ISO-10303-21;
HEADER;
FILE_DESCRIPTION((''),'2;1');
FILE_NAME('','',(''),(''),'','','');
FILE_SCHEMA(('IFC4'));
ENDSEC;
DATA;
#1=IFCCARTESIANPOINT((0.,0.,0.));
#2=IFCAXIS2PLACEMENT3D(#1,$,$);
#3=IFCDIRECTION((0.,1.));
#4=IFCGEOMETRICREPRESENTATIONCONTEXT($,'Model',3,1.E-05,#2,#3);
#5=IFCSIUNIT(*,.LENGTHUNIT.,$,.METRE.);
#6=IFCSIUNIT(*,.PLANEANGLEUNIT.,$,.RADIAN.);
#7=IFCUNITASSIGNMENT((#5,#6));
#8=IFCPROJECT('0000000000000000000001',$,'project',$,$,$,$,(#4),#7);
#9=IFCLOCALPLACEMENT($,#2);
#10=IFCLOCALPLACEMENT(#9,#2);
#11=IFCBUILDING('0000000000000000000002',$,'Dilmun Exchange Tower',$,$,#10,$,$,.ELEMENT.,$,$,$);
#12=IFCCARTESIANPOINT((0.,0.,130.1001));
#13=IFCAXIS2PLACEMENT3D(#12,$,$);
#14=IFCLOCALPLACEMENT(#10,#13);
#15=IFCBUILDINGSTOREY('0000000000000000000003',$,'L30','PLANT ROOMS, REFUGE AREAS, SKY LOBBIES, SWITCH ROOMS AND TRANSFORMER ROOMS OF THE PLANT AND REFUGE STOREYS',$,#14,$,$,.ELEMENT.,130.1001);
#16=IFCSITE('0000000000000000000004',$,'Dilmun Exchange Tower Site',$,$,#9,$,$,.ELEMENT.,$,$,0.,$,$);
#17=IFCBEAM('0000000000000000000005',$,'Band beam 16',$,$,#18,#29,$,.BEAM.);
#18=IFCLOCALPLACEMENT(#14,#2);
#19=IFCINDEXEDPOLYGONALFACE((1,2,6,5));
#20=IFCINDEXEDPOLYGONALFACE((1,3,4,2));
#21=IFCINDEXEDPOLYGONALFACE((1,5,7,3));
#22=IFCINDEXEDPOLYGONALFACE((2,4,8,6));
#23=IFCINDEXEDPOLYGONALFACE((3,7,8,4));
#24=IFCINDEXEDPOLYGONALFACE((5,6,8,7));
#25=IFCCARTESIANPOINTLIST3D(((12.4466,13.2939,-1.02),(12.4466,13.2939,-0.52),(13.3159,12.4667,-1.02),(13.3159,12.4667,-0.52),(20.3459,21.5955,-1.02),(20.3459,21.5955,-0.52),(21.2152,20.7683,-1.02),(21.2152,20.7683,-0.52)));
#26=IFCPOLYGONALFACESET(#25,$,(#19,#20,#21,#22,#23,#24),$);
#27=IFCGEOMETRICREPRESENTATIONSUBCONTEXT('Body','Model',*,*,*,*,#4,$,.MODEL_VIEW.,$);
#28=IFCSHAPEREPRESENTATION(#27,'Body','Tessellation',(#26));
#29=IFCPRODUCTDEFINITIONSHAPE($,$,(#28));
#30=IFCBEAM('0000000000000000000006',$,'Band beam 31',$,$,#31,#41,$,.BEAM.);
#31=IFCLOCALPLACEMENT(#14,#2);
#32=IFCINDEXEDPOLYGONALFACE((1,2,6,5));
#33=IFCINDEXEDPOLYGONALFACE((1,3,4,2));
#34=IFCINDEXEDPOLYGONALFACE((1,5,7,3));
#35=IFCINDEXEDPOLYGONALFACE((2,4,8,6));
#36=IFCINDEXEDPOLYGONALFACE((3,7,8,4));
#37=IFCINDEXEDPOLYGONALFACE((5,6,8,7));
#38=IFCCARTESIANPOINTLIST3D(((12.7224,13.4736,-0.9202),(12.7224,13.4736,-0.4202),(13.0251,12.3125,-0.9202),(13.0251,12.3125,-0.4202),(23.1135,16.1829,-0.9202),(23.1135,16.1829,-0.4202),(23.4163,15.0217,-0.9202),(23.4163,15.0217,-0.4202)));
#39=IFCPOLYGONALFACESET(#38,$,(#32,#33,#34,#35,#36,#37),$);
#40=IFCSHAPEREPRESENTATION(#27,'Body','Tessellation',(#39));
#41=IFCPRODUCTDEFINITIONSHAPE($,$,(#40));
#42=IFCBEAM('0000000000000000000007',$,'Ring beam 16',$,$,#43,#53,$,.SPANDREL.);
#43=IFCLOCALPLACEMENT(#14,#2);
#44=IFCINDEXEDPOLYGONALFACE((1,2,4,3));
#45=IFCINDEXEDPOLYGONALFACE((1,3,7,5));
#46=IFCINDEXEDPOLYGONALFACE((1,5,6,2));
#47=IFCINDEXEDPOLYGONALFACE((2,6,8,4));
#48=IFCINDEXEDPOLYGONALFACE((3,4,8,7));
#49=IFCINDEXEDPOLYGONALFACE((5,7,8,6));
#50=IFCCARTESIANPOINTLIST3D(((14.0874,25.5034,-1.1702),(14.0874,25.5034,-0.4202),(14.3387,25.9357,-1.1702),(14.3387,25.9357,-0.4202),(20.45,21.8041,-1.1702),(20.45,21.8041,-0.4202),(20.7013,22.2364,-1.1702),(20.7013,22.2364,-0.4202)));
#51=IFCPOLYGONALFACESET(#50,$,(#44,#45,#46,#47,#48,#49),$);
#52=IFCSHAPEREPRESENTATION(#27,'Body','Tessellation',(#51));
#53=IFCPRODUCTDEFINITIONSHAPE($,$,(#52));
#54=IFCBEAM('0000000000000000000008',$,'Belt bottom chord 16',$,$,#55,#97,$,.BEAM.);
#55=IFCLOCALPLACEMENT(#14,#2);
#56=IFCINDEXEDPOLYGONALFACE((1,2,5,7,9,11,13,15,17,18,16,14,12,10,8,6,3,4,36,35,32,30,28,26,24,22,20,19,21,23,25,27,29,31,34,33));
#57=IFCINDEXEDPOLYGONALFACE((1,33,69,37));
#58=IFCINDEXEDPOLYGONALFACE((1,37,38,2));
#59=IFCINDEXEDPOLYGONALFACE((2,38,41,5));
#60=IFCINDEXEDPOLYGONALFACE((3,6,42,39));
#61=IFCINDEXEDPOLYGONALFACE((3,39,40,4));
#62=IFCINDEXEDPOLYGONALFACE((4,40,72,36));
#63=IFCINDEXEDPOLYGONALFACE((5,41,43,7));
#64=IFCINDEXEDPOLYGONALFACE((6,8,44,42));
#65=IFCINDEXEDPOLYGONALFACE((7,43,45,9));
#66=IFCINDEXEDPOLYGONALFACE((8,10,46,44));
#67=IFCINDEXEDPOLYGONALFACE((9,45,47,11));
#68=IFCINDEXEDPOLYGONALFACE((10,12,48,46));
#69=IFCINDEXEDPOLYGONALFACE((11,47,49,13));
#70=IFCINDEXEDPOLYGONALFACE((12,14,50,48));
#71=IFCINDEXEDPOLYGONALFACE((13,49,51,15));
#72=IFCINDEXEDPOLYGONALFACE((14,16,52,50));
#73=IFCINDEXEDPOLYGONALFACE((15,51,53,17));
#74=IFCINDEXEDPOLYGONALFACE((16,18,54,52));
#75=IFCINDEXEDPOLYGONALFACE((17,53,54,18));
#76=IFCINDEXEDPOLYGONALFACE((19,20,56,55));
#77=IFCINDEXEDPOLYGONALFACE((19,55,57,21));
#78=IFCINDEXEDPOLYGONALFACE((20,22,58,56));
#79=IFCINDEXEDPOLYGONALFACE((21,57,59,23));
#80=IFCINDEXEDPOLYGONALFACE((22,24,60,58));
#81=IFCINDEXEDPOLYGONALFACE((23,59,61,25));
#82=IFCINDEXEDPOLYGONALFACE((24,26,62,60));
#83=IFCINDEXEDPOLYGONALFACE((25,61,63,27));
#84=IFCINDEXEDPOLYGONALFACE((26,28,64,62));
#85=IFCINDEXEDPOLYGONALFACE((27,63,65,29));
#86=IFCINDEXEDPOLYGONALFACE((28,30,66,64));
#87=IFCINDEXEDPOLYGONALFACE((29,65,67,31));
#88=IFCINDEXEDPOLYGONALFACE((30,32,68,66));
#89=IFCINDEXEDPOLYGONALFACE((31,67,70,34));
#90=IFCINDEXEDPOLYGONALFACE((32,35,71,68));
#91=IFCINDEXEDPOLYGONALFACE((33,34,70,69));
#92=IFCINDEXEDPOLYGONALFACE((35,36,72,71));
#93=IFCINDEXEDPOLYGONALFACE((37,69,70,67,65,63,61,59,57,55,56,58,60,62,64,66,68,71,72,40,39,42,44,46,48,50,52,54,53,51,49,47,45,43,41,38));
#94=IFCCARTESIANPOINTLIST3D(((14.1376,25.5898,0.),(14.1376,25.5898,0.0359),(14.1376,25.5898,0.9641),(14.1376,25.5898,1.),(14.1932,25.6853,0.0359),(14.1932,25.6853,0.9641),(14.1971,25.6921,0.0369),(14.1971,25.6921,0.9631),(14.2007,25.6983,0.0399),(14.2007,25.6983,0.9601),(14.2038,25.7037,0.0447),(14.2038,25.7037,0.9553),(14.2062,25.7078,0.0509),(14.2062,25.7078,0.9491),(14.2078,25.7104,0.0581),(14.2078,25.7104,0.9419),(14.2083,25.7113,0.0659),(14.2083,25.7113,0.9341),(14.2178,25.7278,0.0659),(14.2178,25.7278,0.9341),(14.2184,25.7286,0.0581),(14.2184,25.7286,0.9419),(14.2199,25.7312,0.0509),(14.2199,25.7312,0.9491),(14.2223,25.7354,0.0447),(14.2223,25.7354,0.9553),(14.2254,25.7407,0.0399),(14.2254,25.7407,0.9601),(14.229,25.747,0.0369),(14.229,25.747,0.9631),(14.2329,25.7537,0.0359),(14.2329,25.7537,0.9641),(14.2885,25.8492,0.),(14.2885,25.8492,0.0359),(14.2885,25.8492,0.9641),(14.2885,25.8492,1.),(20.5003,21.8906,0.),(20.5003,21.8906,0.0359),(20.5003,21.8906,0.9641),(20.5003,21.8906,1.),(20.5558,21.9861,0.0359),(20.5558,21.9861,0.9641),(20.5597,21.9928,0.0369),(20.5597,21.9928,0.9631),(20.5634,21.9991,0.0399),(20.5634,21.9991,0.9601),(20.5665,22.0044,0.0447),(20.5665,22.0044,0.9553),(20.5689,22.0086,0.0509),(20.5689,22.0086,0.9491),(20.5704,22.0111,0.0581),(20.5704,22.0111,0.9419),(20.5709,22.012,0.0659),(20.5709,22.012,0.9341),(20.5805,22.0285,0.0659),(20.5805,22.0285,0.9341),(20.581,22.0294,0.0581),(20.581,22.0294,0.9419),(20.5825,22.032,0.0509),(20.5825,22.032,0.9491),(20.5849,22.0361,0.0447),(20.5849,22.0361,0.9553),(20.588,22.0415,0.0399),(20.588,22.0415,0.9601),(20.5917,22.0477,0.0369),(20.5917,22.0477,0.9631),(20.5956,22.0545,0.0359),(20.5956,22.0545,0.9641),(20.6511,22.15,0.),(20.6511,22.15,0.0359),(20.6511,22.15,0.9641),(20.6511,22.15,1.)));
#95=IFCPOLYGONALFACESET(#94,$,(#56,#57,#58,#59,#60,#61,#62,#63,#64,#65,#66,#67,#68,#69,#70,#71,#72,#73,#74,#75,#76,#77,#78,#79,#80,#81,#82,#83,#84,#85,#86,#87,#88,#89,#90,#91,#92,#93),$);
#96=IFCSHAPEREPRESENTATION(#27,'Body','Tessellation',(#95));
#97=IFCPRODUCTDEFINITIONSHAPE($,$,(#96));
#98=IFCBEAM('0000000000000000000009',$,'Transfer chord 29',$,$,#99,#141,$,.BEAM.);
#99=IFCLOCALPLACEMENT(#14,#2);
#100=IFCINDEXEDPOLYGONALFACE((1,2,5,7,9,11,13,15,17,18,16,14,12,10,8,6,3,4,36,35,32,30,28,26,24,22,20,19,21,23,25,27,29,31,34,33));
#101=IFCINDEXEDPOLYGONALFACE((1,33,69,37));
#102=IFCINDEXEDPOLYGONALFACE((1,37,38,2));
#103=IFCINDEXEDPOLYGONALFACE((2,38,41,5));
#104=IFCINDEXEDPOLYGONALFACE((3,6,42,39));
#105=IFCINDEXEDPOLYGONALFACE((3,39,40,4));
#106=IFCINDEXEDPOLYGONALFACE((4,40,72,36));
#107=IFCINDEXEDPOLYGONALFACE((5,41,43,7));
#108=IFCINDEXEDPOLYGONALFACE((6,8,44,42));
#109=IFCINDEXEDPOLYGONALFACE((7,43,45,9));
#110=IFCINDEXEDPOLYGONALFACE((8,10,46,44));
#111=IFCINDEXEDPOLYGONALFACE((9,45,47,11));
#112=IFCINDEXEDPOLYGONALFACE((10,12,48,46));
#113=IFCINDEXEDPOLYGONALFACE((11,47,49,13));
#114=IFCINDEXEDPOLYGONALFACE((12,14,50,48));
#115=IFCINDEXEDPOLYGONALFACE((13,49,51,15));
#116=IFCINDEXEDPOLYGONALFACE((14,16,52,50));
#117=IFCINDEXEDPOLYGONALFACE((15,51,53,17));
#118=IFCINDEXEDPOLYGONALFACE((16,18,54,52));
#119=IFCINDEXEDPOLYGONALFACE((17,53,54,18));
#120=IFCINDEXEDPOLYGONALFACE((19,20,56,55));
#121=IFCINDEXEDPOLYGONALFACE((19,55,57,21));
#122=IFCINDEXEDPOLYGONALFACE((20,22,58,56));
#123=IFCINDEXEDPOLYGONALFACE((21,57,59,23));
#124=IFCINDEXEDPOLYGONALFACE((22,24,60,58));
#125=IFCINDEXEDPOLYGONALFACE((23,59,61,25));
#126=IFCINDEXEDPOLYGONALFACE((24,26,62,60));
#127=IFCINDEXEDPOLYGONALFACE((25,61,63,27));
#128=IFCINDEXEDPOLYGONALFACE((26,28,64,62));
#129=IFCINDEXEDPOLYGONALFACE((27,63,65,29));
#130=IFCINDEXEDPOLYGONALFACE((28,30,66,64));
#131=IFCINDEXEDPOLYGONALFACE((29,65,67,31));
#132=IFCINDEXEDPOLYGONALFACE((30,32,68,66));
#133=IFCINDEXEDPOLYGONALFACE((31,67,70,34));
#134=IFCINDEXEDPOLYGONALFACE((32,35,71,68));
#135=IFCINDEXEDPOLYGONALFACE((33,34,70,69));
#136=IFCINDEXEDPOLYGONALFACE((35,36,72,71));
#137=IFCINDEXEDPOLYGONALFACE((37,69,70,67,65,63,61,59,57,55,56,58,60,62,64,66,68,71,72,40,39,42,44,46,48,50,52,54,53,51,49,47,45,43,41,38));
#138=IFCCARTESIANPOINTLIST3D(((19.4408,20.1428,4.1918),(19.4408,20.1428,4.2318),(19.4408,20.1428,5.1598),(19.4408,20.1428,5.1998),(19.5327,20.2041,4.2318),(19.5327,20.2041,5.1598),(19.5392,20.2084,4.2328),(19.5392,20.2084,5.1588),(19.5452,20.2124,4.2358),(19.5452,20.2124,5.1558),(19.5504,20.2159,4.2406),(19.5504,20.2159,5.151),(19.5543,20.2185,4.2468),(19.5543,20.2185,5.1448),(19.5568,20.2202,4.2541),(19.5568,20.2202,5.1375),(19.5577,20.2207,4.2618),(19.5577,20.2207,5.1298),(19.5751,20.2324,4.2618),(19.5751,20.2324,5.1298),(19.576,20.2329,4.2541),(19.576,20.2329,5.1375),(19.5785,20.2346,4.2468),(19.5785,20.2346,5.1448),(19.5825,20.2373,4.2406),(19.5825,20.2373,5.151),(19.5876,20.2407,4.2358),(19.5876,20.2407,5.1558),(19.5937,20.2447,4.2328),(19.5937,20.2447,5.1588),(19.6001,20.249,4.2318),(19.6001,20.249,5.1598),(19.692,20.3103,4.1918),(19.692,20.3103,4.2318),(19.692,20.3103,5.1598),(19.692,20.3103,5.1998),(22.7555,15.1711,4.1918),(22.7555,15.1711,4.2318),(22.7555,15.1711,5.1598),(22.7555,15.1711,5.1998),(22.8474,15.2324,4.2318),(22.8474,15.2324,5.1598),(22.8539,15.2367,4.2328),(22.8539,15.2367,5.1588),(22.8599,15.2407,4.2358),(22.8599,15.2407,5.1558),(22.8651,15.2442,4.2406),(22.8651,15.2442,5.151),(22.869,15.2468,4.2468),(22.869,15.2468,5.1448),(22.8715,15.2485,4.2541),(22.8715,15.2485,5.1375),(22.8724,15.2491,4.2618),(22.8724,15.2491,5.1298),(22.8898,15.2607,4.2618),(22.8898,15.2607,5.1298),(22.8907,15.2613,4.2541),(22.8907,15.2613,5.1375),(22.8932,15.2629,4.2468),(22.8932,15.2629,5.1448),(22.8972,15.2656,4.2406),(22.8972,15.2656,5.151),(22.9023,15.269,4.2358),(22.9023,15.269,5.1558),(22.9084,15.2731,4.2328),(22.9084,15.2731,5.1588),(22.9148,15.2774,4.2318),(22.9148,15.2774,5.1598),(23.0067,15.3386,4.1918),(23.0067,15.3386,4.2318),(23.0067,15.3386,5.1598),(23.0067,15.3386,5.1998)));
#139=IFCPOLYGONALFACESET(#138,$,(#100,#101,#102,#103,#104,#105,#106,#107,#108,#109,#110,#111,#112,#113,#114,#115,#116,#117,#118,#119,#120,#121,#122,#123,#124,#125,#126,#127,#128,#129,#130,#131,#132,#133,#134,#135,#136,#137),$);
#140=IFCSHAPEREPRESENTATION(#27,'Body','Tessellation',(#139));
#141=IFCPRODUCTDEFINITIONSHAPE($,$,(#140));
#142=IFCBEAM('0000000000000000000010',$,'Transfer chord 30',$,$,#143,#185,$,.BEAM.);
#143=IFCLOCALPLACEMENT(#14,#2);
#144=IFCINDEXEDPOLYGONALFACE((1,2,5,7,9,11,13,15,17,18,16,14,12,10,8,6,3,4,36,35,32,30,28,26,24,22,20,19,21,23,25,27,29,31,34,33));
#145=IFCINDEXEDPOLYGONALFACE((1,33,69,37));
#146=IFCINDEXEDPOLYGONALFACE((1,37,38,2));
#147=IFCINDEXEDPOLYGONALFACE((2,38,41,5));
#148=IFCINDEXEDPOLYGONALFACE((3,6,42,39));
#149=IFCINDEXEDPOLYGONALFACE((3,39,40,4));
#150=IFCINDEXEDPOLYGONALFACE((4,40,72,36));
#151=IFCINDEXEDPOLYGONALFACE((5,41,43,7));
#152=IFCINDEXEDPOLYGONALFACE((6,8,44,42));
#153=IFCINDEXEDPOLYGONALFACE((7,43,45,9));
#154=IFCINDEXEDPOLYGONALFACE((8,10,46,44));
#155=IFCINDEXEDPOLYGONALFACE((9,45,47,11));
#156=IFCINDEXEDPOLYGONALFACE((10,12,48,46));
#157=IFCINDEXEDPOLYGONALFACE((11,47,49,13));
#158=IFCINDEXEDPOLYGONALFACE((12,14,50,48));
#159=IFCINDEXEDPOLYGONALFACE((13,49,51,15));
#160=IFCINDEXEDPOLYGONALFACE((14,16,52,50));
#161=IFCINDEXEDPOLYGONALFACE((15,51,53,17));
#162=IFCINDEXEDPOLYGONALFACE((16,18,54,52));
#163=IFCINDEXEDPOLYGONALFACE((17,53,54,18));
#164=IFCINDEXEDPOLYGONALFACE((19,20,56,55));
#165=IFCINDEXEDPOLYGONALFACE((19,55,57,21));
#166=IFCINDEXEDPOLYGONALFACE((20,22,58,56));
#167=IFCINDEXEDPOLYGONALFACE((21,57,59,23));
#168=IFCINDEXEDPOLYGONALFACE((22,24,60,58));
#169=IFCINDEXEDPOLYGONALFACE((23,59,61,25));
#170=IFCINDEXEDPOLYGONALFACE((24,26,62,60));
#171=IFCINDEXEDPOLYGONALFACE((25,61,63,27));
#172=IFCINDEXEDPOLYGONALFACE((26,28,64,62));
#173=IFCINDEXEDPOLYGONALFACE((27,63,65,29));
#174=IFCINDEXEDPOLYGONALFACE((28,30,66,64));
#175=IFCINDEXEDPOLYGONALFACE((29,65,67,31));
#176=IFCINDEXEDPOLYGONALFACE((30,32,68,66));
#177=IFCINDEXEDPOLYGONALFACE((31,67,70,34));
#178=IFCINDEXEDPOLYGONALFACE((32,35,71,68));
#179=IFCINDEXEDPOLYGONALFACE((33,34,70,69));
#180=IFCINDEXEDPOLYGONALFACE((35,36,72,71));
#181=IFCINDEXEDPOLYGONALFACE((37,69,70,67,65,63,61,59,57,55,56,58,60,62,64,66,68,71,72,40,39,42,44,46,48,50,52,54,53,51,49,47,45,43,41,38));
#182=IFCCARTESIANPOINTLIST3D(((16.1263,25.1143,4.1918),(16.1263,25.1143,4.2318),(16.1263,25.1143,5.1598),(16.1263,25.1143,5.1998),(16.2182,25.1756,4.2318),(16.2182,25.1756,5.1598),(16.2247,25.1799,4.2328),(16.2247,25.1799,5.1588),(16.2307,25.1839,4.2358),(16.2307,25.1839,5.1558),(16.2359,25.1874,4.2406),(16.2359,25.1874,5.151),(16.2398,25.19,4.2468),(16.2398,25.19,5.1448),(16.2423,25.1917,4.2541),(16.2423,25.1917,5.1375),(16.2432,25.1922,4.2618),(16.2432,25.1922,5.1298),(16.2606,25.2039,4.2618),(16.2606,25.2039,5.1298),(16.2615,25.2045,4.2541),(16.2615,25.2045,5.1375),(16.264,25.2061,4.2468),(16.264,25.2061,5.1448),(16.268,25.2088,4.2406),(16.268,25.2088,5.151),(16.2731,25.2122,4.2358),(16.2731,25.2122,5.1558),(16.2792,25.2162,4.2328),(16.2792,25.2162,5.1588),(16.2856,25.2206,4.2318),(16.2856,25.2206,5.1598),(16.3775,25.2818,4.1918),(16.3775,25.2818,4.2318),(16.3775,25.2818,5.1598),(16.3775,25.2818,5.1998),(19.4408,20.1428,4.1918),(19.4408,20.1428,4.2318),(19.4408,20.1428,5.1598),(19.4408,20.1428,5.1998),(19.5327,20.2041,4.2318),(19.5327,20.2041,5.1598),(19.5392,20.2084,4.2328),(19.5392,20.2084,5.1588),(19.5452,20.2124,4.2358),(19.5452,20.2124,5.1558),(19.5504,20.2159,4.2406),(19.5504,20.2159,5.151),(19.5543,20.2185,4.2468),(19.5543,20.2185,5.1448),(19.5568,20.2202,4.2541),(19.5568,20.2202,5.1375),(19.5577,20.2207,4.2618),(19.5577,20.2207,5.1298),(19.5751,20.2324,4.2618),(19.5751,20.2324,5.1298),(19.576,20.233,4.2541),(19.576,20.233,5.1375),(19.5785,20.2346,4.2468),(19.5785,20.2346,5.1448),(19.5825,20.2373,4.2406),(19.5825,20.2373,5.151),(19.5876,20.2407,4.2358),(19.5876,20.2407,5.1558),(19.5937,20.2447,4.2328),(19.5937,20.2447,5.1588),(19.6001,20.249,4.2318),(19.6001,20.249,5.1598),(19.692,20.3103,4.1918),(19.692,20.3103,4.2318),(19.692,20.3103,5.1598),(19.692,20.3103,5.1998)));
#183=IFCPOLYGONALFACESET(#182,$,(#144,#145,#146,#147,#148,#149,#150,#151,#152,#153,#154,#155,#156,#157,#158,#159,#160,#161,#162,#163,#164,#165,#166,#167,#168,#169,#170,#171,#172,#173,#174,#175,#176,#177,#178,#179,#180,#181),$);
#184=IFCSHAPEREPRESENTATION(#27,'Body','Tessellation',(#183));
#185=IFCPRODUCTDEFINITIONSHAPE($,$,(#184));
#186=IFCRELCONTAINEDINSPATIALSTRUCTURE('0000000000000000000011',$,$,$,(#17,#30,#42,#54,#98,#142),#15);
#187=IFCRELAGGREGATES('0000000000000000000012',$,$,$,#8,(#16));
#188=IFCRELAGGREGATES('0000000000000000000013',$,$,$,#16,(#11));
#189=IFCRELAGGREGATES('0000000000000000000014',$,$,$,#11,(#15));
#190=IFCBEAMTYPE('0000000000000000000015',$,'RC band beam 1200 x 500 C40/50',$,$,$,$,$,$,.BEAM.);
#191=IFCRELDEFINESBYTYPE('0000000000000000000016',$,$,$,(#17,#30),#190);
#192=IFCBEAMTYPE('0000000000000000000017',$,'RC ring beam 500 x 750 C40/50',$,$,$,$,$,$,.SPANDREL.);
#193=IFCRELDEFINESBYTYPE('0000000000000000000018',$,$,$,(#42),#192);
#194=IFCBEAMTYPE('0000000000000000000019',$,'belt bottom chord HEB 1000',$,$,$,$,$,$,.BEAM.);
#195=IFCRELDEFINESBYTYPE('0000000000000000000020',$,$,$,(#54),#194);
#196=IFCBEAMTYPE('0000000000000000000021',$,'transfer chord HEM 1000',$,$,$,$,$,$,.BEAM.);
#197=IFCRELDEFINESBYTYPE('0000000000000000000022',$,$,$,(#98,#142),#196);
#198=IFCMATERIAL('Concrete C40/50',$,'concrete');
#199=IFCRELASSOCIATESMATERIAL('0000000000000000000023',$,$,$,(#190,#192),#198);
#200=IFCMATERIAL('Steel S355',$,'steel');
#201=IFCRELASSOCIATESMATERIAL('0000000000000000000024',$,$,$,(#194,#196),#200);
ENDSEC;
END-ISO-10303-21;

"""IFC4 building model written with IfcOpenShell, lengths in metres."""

from ifc_helpers import new_model, si_unit, direction, frame, origin, origin_2d, place, context, subcontext, project, spatial, rectangle, i_section, extrude, material, material_profile, profile_set, type_object, element, save


model = new_model("IFC4")

# Units and contexts
model_context = context("Model", 3, precision=1e-05, world=origin(), true_north=direction((0.0, 1.0)))
body_context = subcontext(model_context, "Body", "Model", "MODEL_VIEW")
ifc_project = project(units=[si_unit("LENGTHUNIT", "METRE"), si_unit("PLANEANGLEUNIT", "RADIAN")], contexts=[model_context])

# Site, building, storey
site_placement = place(None, origin())
site = spatial("IfcSite", under=ifc_project, at=site_placement, Name="Dilmun Exchange Tower Site", CompositionType="ELEMENT", RefElevation=0.0)
building_placement = place(site_placement, origin())
building = spatial("IfcBuilding", under=site, at=building_placement, Name="Dilmun Exchange Tower", CompositionType="ELEMENT")
storey_placement = place(building_placement, frame((0.0, 0.0, 130.1001)))
storey = spatial("IfcBuildingStorey", under=building, at=storey_placement, Name="L30", Description="PLANT ROOMS, REFUGE AREAS, SKY LOBBIES, SWITCH ROOMS AND TRANSFORMER ROOMS OF THE PLANT AND REFUGE STOREYS", CompositionType="ELEMENT", Elevation=130.1001)

# Beams
ifc_material_1 = material(Name="Concrete C40/50", Category="concrete")
ifc_material_profile_1 = material_profile(ifc_material_1, rectangle(XDim=1.2, YDim=0.5, at=origin_2d()), Name="1200 x 500")
ifc_profile_set_1 = profile_set([ifc_material_profile_1], Name="Concrete C40/50")
beam_type_1 = type_object("IfcBeamType", Name="RC band beam 1200 x 500 C40/50", PredefinedType="BEAM", material=ifc_profile_set_1)
beam_1_placement = place(storey_placement, frame((20.7805, 21.1819, -0.77), z_axis=(-0.689333, -0.724444, 0.0), x_axis=(0.724444, -0.689333, 0.0)))
element("IfcBeam", 1, at=beam_1_placement, inside=storey, type_object=beam_type_1, Name="Band beam 16", PredefinedType="BEAM", context=body_context, shape_type="SweptSolid", body=[
    extrude(rectangle(XDim=1.2, YDim=0.5, at=origin_2d()), origin(), (0.0, 0.0, 1.0), 11.4592),
])
beam_2_placement = place(storey_placement, frame((23.2649, 15.6023, -0.6702), z_axis=(-0.967651, -0.252291, 0.0), x_axis=(0.252291, -0.967651, 0.0)))
element("IfcBeam", 2, at=beam_2_placement, inside=storey, type_object=beam_type_1, Name="Band beam 31", PredefinedType="BEAM", context=body_context, shape_type="SweptSolid", body=[
    extrude(rectangle(XDim=1.2, YDim=0.5, at=origin_2d()), origin(), (0.0, 0.0, 1.0), 10.7385),
])
ifc_material_profile_2 = material_profile(ifc_material_1, rectangle(XDim=0.5, YDim=0.75, at=origin_2d()), Name="500 x 750")
ifc_profile_set_2 = profile_set([ifc_material_profile_2], Name="Concrete C40/50")
beam_type_2 = type_object("IfcBeamType", Name="RC ring beam 500 x 750 C40/50", PredefinedType="SPANDREL", material=ifc_profile_set_2)
beam_3_placement = place(storey_placement, frame((20.5757, 22.0203, -0.7952), z_axis=(-0.864503, 0.502627, 0.0), x_axis=(-0.502627, -0.864503, 0.0)))
element("IfcBeam", 3, at=beam_3_placement, inside=storey, type_object=beam_type_2, Name="Ring beam 16", PredefinedType="SPANDREL", context=body_context, shape_type="SweptSolid", body=[
    extrude(rectangle(XDim=0.5, YDim=0.75, at=origin_2d()), origin(), (0.0, 0.0, 1.0), 7.3599),
])
ifc_material_2 = material(Name="Steel S355", Category="steel")
ifc_material_profile_3 = material_profile(ifc_material_2, i_section(OverallWidth=0.3, OverallDepth=1.0, WebThickness=0.019, FlangeThickness=0.0359, FilletRadius=0.03, at=origin_2d()), Name="HEB 1000")
ifc_profile_set_3 = profile_set([ifc_material_profile_3], Name="Steel S355")
beam_type_3 = type_object("IfcBeamType", Name="belt bottom chord HEB 1000", PredefinedType="BEAM", material=ifc_profile_set_3)
beam_4_placement = place(storey_placement, frame((20.5757, 22.0203, 0.5), z_axis=(-0.864503, 0.502627, 0.0), x_axis=(-0.502627, -0.864503, 0.0)))
element("IfcBeam", 4, at=beam_4_placement, inside=storey, type_object=beam_type_3, Name="Belt bottom chord 16", PredefinedType="BEAM", context=body_context, shape_type="SweptSolid", body=[
    extrude(i_section(OverallWidth=0.3, OverallDepth=1.0, WebThickness=0.019, FlangeThickness=0.0359, FilletRadius=0.03, at=origin_2d()), origin(), (0.0, 0.0, 1.0), 7.3599),
])
ifc_material_profile_4 = material_profile(ifc_material_2, i_section(OverallWidth=0.302, OverallDepth=1.0081, WebThickness=0.021, FlangeThickness=0.04, FilletRadius=0.03, at=origin_2d()), Name="HEM 1000")
ifc_profile_set_4 = profile_set([ifc_material_profile_4], Name="Steel S355")
beam_type_4 = type_object("IfcBeamType", Name="transfer chord HEM 1000", PredefinedType="BEAM", material=ifc_profile_set_4)
beam_5_placement = place(storey_placement, frame((22.8811, 15.2549, 4.6958), z_axis=(-0.554728, 0.832031, 0.0), x_axis=(-0.832031, -0.554728, 0.0)))
element("IfcBeam", 5, at=beam_5_placement, inside=storey, type_object=beam_type_4, Name="Transfer chord 29", PredefinedType="BEAM", context=body_context, shape_type="SweptSolid", body=[
    extrude(i_section(OverallWidth=0.302, OverallDepth=1.0081, WebThickness=0.021, FlangeThickness=0.04, FilletRadius=0.03, at=origin_2d()), origin(), (0.0, 0.0, 1.0), 5.9753),
])
beam_6_placement = place(storey_placement, frame((19.5664, 20.2266, 4.6958), z_axis=(-0.554719, 0.832038, 0.0), x_axis=(-0.832038, -0.554719, 0.0)))
element("IfcBeam", 6, at=beam_6_placement, inside=storey, type_object=beam_type_4, Name="Transfer chord 30", PredefinedType="BEAM", context=body_context, shape_type="SweptSolid", body=[
    extrude(i_section(OverallWidth=0.302, OverallDepth=1.0081, WebThickness=0.021, FlangeThickness=0.04, FilletRadius=0.03, at=origin_2d()), origin(), (0.0, 0.0, 1.0), 5.9751),
])

save(model, "model.ifc")
